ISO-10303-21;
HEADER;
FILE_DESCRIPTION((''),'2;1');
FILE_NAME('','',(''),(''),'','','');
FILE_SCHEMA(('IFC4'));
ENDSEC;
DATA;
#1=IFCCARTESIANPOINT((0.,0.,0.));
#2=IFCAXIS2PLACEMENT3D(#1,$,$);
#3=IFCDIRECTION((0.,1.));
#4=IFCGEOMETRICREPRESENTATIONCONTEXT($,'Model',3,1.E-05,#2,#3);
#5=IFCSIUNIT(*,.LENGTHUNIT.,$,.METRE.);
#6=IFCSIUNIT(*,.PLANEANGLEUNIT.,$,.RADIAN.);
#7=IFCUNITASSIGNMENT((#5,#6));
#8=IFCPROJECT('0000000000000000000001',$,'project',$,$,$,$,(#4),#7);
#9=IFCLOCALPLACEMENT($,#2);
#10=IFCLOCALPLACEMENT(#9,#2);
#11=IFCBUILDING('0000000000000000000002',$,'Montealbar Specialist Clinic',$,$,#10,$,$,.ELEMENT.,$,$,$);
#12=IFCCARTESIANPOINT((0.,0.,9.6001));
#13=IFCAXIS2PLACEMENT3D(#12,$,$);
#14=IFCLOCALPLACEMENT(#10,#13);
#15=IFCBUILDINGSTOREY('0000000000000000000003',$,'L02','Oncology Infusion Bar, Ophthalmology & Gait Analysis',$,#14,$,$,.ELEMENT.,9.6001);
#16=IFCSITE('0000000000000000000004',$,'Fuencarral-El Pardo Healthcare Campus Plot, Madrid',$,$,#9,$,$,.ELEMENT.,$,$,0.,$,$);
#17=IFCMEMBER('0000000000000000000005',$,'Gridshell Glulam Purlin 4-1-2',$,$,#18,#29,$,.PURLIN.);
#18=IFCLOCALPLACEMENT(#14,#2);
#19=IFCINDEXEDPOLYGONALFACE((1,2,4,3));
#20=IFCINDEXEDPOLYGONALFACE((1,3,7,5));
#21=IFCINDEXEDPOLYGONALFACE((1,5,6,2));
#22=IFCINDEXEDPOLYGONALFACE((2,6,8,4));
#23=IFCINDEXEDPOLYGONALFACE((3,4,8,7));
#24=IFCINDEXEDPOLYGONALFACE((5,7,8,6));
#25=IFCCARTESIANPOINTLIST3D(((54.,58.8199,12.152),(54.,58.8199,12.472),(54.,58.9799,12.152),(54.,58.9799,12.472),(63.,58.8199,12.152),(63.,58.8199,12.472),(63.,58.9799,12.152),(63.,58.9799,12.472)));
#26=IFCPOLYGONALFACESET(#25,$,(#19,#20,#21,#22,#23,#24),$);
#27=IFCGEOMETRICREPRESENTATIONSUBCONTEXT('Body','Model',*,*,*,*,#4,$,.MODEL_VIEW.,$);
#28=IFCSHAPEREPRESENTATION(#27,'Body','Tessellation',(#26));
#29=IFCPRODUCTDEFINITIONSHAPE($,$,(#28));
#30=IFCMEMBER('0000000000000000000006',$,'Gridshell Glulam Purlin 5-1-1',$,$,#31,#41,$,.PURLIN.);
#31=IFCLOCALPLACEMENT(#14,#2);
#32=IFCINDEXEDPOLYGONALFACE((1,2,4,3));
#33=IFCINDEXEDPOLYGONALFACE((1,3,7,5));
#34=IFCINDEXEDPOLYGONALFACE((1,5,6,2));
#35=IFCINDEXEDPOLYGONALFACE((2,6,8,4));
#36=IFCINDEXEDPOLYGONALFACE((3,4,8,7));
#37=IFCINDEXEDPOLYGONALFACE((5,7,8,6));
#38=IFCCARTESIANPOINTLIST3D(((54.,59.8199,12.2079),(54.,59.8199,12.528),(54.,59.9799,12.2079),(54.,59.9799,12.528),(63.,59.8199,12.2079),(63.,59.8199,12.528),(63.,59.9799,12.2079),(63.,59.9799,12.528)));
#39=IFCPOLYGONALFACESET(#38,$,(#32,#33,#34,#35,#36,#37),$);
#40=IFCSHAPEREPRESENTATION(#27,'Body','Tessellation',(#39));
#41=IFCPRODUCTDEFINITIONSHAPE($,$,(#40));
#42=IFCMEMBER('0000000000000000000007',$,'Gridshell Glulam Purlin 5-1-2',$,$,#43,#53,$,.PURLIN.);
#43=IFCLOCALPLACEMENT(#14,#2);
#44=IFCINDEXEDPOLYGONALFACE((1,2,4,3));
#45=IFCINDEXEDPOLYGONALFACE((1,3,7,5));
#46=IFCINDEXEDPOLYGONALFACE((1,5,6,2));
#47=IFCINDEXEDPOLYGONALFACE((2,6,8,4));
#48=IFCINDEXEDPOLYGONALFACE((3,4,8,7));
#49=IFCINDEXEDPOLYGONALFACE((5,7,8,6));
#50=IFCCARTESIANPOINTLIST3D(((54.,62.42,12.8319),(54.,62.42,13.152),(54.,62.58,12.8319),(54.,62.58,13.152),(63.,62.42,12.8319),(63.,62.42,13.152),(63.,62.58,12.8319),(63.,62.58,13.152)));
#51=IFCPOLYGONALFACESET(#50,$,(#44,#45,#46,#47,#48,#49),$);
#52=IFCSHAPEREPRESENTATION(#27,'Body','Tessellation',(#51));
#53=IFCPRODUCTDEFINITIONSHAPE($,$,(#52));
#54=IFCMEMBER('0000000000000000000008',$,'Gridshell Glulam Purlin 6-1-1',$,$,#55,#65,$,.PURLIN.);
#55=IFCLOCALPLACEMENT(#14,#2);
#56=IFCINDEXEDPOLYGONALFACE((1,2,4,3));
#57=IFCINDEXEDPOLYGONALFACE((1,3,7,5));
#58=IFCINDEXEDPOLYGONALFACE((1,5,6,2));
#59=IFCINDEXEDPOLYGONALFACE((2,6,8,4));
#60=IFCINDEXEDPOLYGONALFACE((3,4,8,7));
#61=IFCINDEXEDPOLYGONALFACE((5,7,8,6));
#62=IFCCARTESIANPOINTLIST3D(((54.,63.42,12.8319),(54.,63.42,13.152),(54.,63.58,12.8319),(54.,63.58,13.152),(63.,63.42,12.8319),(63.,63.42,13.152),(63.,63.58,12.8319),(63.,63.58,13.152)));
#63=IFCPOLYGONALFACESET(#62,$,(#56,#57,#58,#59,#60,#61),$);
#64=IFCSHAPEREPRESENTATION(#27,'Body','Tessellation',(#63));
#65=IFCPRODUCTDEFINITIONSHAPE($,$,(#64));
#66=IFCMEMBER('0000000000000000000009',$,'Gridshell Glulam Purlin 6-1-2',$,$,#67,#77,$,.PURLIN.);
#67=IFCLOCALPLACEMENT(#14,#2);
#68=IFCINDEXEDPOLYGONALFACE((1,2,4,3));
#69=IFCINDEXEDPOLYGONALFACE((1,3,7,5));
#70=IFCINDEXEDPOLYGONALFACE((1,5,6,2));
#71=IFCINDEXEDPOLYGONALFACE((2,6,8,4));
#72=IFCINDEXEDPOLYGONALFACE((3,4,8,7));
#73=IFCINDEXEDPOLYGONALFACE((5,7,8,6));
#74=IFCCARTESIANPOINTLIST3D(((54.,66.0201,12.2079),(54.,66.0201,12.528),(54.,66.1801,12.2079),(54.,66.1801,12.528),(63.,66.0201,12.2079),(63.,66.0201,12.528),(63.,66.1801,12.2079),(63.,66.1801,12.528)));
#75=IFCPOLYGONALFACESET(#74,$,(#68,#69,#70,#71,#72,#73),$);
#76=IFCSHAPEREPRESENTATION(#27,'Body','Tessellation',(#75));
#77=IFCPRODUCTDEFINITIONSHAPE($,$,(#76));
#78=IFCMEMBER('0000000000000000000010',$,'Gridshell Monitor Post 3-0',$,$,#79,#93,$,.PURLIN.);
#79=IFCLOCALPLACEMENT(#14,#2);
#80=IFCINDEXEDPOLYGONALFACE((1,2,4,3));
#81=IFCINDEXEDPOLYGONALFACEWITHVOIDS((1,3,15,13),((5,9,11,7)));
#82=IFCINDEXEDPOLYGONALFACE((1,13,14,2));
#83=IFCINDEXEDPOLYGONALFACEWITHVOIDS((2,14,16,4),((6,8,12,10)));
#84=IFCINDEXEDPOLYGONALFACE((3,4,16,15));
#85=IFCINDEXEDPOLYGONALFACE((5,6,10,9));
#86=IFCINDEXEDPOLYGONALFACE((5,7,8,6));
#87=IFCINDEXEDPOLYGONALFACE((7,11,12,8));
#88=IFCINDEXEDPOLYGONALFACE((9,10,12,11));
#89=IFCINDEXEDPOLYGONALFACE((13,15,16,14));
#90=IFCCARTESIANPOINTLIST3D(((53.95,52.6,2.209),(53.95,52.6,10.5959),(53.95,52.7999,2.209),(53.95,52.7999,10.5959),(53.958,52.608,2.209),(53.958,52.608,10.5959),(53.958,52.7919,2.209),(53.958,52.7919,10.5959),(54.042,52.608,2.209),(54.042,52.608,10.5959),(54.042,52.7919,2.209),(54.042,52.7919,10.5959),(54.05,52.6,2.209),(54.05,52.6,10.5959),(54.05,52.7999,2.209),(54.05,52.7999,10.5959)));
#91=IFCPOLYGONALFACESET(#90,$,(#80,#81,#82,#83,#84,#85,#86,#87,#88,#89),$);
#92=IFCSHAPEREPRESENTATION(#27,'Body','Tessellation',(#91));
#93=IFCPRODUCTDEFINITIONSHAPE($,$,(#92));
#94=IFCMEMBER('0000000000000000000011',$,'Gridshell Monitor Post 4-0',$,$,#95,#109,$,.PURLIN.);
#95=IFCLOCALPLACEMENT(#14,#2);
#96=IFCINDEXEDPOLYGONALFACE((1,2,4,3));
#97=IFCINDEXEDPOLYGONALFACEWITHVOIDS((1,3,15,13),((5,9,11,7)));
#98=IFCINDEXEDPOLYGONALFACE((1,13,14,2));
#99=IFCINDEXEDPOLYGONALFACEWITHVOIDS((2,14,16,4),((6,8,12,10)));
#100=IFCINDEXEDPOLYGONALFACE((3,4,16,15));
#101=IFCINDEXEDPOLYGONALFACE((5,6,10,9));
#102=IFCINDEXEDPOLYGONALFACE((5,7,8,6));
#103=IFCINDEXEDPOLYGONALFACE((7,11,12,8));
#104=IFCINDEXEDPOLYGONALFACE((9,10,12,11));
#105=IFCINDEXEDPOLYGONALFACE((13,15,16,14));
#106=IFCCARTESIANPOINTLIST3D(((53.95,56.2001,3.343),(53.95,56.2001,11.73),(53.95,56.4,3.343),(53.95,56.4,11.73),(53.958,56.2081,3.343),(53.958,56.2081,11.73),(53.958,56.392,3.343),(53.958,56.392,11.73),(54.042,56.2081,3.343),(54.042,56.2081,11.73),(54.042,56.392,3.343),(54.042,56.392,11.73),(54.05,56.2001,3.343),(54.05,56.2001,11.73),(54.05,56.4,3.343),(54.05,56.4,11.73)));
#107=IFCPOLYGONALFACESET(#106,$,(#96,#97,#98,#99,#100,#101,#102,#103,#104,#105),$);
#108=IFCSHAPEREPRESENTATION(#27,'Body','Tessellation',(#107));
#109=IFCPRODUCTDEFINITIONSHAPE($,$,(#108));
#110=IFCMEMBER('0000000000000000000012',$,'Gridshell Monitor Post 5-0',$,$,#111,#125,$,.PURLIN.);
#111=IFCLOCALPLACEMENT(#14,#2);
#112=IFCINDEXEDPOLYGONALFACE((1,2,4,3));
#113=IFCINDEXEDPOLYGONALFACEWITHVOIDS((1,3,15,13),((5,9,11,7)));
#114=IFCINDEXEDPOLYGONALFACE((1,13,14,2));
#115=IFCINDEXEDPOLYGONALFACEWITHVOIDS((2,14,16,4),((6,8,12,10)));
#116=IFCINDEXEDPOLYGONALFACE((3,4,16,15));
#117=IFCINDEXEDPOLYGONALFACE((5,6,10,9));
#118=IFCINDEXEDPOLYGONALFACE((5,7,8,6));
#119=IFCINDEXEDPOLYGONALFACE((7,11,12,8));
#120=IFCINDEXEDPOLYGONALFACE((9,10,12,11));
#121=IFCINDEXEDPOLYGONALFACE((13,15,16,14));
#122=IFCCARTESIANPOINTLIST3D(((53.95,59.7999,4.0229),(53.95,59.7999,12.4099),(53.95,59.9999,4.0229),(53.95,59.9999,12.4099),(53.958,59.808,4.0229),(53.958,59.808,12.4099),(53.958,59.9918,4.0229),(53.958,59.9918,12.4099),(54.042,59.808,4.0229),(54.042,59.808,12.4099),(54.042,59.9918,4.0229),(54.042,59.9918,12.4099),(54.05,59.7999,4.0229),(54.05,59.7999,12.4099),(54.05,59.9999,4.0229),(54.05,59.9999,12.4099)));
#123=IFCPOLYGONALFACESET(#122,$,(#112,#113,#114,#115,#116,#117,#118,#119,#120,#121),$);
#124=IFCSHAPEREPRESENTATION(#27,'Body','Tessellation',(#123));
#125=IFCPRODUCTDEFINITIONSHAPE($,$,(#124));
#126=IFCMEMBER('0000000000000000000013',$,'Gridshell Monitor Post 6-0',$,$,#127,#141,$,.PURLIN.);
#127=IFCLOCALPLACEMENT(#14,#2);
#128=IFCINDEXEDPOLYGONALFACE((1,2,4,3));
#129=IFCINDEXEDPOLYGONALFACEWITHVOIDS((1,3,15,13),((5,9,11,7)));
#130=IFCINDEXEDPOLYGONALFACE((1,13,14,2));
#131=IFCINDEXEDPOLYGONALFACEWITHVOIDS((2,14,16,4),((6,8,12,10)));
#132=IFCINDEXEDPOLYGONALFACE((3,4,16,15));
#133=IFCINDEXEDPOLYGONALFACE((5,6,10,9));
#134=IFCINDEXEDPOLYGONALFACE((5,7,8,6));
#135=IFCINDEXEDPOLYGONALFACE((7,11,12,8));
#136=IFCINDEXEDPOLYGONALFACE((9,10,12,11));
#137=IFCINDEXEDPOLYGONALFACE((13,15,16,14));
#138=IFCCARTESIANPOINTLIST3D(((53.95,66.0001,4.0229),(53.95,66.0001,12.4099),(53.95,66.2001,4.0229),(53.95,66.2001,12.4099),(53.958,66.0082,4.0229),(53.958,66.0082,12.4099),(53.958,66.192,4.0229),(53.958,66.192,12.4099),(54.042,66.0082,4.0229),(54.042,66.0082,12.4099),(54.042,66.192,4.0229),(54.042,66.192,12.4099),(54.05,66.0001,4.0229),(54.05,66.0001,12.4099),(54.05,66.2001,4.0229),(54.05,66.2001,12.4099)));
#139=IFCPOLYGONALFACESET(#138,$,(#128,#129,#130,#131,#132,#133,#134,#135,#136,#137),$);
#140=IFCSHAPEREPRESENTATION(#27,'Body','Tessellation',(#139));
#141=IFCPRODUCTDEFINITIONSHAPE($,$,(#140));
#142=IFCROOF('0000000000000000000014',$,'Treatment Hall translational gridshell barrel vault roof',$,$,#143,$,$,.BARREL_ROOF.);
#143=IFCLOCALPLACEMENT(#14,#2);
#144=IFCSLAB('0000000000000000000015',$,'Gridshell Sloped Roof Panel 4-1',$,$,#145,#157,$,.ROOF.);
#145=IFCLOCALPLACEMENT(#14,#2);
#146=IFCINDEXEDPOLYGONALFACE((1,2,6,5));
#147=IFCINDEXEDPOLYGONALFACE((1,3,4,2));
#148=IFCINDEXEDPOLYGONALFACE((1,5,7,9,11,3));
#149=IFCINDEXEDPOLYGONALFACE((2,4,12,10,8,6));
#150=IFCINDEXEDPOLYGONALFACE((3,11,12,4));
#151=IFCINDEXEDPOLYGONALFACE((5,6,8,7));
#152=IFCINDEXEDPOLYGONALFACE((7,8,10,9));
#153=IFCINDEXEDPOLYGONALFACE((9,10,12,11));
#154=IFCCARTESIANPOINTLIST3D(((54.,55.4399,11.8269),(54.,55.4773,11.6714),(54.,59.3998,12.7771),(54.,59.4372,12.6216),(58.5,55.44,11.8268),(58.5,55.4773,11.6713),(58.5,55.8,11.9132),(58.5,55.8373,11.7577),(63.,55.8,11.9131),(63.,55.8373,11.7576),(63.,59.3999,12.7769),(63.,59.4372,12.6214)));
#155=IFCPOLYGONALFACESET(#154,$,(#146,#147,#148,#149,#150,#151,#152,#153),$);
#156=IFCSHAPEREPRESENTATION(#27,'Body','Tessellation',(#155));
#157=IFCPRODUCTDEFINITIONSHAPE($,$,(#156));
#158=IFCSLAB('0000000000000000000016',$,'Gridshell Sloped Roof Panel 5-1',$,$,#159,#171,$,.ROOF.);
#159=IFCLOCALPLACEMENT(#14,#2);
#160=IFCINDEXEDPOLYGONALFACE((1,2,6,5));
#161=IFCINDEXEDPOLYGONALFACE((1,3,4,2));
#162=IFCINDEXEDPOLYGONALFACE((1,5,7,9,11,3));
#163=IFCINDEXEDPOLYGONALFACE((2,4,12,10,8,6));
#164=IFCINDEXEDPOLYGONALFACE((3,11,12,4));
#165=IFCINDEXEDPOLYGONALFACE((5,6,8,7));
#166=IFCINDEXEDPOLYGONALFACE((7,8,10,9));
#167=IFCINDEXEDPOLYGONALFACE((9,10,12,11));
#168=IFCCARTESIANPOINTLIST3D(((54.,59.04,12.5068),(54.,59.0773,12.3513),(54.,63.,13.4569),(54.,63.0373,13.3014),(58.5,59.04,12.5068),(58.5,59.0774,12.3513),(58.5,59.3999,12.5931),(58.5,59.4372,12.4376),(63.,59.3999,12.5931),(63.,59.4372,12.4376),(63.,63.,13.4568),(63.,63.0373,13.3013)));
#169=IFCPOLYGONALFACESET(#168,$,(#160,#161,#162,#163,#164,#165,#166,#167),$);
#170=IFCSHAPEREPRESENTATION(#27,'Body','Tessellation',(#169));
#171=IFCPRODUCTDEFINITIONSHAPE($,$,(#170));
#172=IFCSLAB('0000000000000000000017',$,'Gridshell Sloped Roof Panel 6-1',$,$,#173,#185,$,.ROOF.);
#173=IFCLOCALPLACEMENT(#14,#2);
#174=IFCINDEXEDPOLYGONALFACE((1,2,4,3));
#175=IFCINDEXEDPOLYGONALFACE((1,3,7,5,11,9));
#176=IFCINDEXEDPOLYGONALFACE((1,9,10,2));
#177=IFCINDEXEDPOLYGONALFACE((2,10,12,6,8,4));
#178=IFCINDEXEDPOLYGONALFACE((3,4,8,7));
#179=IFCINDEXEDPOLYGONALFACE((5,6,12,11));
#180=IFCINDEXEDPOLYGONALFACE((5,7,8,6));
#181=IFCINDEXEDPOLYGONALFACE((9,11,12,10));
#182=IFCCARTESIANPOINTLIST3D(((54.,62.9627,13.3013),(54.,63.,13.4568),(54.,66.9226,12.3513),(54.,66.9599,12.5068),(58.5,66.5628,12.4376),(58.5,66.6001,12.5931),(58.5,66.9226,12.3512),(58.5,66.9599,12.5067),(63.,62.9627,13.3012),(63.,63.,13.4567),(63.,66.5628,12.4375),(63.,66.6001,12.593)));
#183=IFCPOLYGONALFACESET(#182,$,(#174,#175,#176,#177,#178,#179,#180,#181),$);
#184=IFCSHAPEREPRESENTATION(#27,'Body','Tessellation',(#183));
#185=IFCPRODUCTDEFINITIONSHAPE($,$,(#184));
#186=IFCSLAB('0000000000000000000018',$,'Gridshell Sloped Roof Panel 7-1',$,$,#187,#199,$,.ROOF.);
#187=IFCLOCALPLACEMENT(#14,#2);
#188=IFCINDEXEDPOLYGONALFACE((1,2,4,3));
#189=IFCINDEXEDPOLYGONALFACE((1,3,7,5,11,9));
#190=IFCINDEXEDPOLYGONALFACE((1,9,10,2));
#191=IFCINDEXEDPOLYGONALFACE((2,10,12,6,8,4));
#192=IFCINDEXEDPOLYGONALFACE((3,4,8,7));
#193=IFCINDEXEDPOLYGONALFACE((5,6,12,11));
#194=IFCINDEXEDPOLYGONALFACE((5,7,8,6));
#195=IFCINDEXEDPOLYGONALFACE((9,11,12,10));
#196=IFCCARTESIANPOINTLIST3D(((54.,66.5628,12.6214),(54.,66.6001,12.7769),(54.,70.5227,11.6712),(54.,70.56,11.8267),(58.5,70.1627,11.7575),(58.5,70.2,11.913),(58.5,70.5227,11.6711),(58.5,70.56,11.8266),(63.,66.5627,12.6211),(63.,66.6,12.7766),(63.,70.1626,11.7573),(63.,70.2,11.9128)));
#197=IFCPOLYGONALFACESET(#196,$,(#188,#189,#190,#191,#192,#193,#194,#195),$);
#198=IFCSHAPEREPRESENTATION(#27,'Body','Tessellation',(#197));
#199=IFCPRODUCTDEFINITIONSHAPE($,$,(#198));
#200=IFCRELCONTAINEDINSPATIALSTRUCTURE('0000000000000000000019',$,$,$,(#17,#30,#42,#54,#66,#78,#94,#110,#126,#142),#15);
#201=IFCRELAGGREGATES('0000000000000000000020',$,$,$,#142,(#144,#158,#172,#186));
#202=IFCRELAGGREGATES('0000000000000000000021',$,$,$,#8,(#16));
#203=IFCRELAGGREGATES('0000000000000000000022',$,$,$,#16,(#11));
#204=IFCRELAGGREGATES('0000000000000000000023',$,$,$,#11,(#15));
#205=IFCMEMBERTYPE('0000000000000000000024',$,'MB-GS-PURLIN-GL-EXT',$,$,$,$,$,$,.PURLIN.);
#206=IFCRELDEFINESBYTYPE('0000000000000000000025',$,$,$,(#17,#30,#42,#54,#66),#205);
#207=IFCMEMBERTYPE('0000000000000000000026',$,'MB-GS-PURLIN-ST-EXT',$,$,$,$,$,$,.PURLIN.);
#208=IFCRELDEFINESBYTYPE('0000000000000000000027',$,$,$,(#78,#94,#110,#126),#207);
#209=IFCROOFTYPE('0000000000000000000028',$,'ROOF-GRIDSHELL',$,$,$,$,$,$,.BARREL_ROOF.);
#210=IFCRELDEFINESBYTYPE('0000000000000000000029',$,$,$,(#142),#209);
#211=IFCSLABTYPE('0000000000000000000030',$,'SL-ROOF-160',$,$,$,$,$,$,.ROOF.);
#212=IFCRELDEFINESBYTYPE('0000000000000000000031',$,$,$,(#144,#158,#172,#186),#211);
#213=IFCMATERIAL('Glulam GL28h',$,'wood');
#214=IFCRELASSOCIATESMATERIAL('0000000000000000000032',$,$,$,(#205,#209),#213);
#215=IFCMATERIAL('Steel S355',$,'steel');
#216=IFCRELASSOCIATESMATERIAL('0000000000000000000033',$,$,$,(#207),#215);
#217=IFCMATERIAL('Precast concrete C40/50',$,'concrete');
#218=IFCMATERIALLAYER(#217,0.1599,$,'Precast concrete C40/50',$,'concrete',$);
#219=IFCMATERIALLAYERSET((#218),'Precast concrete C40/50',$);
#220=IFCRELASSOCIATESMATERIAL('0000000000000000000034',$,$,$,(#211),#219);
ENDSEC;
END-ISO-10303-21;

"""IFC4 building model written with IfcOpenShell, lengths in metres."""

from ifc_helpers import new_model, si_unit, direction, frame, origin, origin_2d, place, context, subcontext, project, spatial, polyline, rectangle, hollow_rectangle, outline, extrude, material, layer, layer_set, material_profile, profile_set, type_object, element, aggregate, save


model = new_model("IFC4")

# Units and contexts
model_context = context("Model", 3, precision=1e-05, world=origin(), true_north=direction((0.0, 1.0)))
body_context = subcontext(model_context, "Body", "Model", "MODEL_VIEW")
ifc_project = project(units=[si_unit("LENGTHUNIT", "METRE"), si_unit("PLANEANGLEUNIT", "RADIAN")], contexts=[model_context])

# Site, building, storey
site_placement = place(None, origin())
site = spatial("IfcSite", under=ifc_project, at=site_placement, Name="Fuencarral-El Pardo Healthcare Campus Plot, Madrid", CompositionType="ELEMENT", RefElevation=0.0)
building_placement = place(site_placement, origin())
building = spatial("IfcBuilding", under=site, at=building_placement, Name="Montealbar Specialist Clinic", CompositionType="ELEMENT")
storey_placement = place(building_placement, frame((0.0, 0.0, 9.6001)))
storey = spatial("IfcBuildingStorey", under=building, at=storey_placement, Name="L02", Description="Oncology Infusion Bar, Ophthalmology & Gait Analysis", CompositionType="ELEMENT", Elevation=9.6001)

# Shared definitions
ifc_material_1 = material(Name="Steel S355", Category="steel")
ifc_material_2 = material(Name="Glulam GL28h", Category="wood")

# Members
ifc_material_profile_1 = material_profile(ifc_material_2, rectangle(XDim=0.1599, YDim=0.3201, at=origin_2d()), Name="GL28h 160x320", Category="wood")
ifc_profile_set_1 = profile_set([ifc_material_profile_1], Name="Glulam GL28h")
member_type_1 = type_object("IfcMemberType", Name="MB-GS-PURLIN-GL-EXT", PredefinedType="PURLIN", material=ifc_profile_set_1)
for number, where, z_axis, x_axis, name in (
    (1, (54.0, 58.8999, 12.312), (1.0, 0.0, 0.0), (0.0, 1.0, 0.0), "Gridshell Glulam Purlin 4-1-2"),
    (2, (54.0, 59.8999, 12.3679), (1.0, 0.0, 0.0), (0.0, 1.0, 0.0), "Gridshell Glulam Purlin 5-1-1"),
    (3, (54.0, 62.5, 12.9919), (1.0, 0.0, 0.0), (0.0, 1.0, 0.0), "Gridshell Glulam Purlin 5-1-2"),
    (4, (54.0, 63.5, 12.9919), (1.0, 0.0, 0.0), (0.0, 1.0, 0.0), "Gridshell Glulam Purlin 6-1-1"),
    (5, (54.0, 66.1001, 12.3679), (1.0, 0.0, 0.0), (0.0, 1.0, 0.0), "Gridshell Glulam Purlin 6-1-2"),
):
    element("IfcMember", number, at=place(storey_placement, frame(where, z_axis=z_axis, x_axis=x_axis)), inside=storey, type_object=member_type_1, Name=name, PredefinedType="PURLIN", context=body_context, shape_type="SweptSolid", body=[
        extrude(rectangle(XDim=0.1599, YDim=0.3201, at=origin_2d()), origin(), (0.0, 0.0, 1.0), 9.0),
    ])
ifc_material_profile_2 = material_profile(ifc_material_1, hollow_rectangle(XDim=0.1001, YDim=0.2, WallThickness=0.0081, at=origin_2d()), Name="RHS 200x100x8", Category="steel")
ifc_profile_set_2 = profile_set([ifc_material_profile_2], Name="Steel S355")
member_type_2 = type_object("IfcMemberType", Name="MB-GS-PURLIN-ST-EXT", PredefinedType="PURLIN", material=ifc_profile_set_2)
for number, where, z_axis, x_axis, name in (
    (6, (54.0, 52.7, 2.209), (0.0, 0.0, 1.0), (1.0, 0.0, 0.0), "Gridshell Monitor Post 3-0"),
    (7, (54.0, 56.3, 3.343), (0.0, 0.0, 1.0), (1.0, 0.0, 0.0), "Gridshell Monitor Post 4-0"),
    (8, (54.0, 59.8999, 4.0229), (0.0, 0.0, 1.0), (1.0, 0.0, 0.0), "Gridshell Monitor Post 5-0"),
    (9, (54.0, 66.1001, 4.0229), (0.0, 0.0, 1.0), (1.0, 0.0, 0.0), "Gridshell Monitor Post 6-0"),
):
    element("IfcMember", number, at=place(storey_placement, frame(where, z_axis=z_axis, x_axis=x_axis)), inside=storey, type_object=member_type_2, Name=name, PredefinedType="PURLIN", context=body_context, shape_type="SweptSolid", body=[
        extrude(hollow_rectangle(XDim=0.1001, YDim=0.2, WallThickness=0.0081, at=origin_2d()), origin(), (0.0, 0.0, 1.0), 8.387),
    ])

# Roof, slabs
roof_type = type_object("IfcRoofType", Name="ROOF-GRIDSHELL", PredefinedType="BARREL_ROOF", material=ifc_material_2)
roof_placement = place(storey_placement, origin())
roof = element("IfcRoof", 10, at=roof_placement, inside=storey, type_object=roof_type, Name="Treatment Hall translational gridshell barrel vault roof", PredefinedType="BARREL_ROOF")
ifc_material_3 = material(Name="Precast concrete C40/50", Category="concrete")
ifc_layer = layer(ifc_material_3, 0.1599, Name="Precast concrete C40/50", Category="concrete")
ifc_layer_set = layer_set([ifc_layer], Name="Precast concrete C40/50")
slab_type = type_object("IfcSlabType", Name="SL-ROOF-160", PredefinedType="ROOF", material=ifc_layer_set)
slab_1_placement = place(storey_placement, frame((54.0, 55.4399, 11.8269), z_axis=(0.000025, -0.233325, 0.972399), x_axis=(1.0, 0.000006, -0.000025)))
slab_1 = element("IfcSlab", 11, at=slab_1_placement, type_object=slab_type, Name="Gridshell Sloped Roof Panel 4-1", PredefinedType="ROOF", context=body_context, shape_type="SweptSolid", body=[
    extrude(outline(polyline([(0.0, 0.0), (4.5, 0.0), (4.5, 0.3702), (9.0, 0.3702), (9.0, 4.0723), (0.0, 4.0723), (0.0, 0.0)])), origin(), (0.0, 0.0, -1.0), 0.1599),
])
slab_2_placement = place(storey_placement, frame((54.0, 59.04, 12.5068), z_axis=(0.000008, -0.233289, 0.972408), x_axis=(1.0, 0.000002, -0.000008)))
slab_2 = element("IfcSlab", 12, at=slab_2_placement, type_object=slab_type, Name="Gridshell Sloped Roof Panel 5-1", PredefinedType="ROOF", context=body_context, shape_type="SweptSolid", body=[
    extrude(outline(polyline([(0.0, 0.0), (4.5, 0.0), (4.5, 0.37), (9.0, 0.37), (9.0, 4.0723), (0.0, 4.0723), (0.0, 0.0)])), origin(), (0.0, 0.0, -1.0), 0.1599),
])
slab_3_placement = place(storey_placement, frame((54.0, 63.0, 13.4568), z_axis=(0.000008, 0.233289, 0.972408), x_axis=(1.0, -0.000002, -0.000008)))
slab_3 = element("IfcSlab", 13, at=slab_3_placement, type_object=slab_type, Name="Gridshell Sloped Roof Panel 6-1", PredefinedType="ROOF", context=body_context, shape_type="SweptSolid", body=[
    extrude(outline(polyline([(0.0, 0.0), (9.0, 0.0), (9.0, 3.7023), (4.5, 3.7023), (4.5, 4.0723), (0.0, 4.0723), (0.0, 0.0)])), origin(), (0.0, 0.0, -1.0), 0.1599),
])
slab_4_placement = place(storey_placement, frame((54.0, 66.6001, 12.7769), z_axis=(0.000025, 0.233325, 0.972399), x_axis=(1.0, -0.000006, -0.000025)))
slab_4 = element("IfcSlab", 14, at=slab_4_placement, type_object=slab_type, Name="Gridshell Sloped Roof Panel 7-1", PredefinedType="ROOF", context=body_context, shape_type="SweptSolid", body=[
    extrude(outline(polyline([(0.0, 0.0), (9.0, 0.0), (9.0, 3.7021), (4.5, 3.7021), (4.5, 4.0723), (0.0, 4.0723), (0.0, 0.0)])), origin(), (0.0, 0.0, -1.0), 0.1599),
])
aggregate(roof, [slab_1, slab_2, slab_3, slab_4])

save(model, "model.ifc")
